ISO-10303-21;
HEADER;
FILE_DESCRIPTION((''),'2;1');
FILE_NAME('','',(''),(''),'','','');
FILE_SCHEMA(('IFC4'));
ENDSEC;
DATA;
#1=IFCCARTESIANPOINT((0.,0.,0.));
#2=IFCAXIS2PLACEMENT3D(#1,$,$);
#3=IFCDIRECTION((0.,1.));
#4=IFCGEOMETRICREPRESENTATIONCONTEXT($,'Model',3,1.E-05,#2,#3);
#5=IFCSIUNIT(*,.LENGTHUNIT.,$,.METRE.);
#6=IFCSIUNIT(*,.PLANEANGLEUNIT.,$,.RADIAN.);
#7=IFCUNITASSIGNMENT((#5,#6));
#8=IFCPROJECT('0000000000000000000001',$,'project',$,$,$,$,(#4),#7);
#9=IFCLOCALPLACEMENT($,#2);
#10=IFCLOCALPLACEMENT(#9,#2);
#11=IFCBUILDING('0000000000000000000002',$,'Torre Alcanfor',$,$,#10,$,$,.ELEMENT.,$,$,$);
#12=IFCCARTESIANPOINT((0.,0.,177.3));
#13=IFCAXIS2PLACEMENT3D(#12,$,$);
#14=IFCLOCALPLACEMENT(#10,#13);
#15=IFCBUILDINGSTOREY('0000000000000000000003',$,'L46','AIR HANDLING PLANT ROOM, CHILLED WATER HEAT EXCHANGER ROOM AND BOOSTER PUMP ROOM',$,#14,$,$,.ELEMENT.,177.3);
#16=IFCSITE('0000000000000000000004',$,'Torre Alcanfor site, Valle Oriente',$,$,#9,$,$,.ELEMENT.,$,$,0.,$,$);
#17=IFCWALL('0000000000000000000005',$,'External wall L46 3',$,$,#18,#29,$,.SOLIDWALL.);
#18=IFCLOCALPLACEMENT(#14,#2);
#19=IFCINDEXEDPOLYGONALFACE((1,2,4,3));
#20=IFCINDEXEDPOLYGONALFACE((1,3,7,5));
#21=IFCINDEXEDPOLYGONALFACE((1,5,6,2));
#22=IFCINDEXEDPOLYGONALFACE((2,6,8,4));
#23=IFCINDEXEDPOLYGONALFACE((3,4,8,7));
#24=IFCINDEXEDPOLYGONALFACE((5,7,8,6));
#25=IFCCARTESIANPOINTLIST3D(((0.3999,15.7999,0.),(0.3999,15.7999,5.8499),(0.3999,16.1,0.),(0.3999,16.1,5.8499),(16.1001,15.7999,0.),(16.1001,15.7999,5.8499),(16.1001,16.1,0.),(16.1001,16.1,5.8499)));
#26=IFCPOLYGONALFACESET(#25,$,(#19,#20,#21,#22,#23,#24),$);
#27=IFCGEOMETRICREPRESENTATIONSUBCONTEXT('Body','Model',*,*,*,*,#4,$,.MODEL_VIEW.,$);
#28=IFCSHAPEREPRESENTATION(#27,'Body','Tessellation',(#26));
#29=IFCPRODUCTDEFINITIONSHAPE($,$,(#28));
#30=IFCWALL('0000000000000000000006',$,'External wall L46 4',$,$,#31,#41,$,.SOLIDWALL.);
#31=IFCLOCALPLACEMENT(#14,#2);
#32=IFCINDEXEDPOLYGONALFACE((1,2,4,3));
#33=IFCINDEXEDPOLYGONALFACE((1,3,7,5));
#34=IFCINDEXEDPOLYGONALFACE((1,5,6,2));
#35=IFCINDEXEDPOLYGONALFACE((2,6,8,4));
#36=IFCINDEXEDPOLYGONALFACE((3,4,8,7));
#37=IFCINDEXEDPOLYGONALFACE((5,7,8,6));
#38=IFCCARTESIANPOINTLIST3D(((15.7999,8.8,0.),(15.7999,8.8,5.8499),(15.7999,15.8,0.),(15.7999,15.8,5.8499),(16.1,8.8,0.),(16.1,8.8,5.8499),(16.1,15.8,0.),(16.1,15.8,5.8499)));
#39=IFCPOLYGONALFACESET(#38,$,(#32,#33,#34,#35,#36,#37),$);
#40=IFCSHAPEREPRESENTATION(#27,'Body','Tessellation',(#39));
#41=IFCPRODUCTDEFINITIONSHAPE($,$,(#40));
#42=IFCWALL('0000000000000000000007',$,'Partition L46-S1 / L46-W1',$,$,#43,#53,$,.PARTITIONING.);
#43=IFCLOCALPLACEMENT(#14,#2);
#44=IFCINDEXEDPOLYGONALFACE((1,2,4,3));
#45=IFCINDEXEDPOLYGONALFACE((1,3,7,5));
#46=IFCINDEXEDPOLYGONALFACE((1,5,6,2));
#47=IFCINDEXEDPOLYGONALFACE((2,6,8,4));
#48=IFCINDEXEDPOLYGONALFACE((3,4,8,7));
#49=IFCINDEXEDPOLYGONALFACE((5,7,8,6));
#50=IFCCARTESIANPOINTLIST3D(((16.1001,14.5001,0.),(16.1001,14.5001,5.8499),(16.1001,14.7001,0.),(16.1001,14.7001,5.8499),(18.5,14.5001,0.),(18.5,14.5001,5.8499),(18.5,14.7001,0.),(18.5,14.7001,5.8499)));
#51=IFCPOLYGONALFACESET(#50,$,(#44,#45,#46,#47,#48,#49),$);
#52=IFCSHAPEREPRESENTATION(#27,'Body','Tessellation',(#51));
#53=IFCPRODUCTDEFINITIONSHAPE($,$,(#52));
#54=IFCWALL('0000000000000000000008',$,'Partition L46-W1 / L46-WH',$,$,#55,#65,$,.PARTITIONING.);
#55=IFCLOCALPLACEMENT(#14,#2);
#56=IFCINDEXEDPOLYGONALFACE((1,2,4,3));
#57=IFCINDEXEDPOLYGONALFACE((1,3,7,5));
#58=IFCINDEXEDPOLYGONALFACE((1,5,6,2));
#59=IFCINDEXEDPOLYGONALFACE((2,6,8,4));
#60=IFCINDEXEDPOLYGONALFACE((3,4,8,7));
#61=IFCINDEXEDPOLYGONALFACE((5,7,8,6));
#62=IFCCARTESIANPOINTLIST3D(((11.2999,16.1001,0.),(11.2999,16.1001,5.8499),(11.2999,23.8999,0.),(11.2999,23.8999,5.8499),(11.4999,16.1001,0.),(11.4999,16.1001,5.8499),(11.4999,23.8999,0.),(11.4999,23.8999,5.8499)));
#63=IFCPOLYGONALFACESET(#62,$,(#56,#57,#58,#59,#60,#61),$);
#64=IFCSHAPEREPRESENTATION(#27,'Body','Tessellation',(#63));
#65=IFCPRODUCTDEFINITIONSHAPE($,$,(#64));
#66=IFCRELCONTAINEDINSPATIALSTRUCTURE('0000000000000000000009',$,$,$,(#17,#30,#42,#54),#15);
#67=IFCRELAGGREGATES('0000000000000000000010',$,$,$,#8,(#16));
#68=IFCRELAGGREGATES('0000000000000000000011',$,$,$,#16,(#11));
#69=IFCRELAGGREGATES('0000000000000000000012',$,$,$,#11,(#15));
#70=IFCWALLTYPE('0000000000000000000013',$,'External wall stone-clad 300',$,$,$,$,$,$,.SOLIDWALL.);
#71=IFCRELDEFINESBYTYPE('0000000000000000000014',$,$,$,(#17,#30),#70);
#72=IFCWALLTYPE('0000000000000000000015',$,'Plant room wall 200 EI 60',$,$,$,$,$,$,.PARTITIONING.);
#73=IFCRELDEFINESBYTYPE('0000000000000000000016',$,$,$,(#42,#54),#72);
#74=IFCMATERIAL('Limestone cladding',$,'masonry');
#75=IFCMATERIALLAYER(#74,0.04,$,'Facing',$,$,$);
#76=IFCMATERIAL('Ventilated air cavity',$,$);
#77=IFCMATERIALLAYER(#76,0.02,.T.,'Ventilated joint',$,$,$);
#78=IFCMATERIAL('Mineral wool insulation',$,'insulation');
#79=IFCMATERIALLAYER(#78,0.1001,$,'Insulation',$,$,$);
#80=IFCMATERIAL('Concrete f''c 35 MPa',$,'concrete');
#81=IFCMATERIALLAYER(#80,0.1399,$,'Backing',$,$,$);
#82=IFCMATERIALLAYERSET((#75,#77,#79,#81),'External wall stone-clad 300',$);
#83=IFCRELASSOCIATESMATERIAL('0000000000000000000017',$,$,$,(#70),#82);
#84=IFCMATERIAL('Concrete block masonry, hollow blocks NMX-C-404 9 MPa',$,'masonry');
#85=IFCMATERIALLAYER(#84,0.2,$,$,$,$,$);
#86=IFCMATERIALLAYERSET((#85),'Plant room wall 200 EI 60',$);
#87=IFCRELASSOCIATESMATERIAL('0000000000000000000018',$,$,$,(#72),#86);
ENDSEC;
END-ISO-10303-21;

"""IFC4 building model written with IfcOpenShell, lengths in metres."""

from ifc_helpers import new_model, si_unit, direction, frame, frame_2d, origin, place, context, subcontext, project, spatial, rectangle, extrude, material, layer, layer_set, type_object, element, save


model = new_model("IFC4")

# Units and contexts
model_context = context("Model", 3, precision=1e-05, world=origin(), true_north=direction((0.0, 1.0)))
body_context = subcontext(model_context, "Body", "Model", "MODEL_VIEW")
ifc_project = project(units=[si_unit("LENGTHUNIT", "METRE"), si_unit("PLANEANGLEUNIT", "RADIAN")], contexts=[model_context])

# Site, building, storey
site_placement = place(None, origin())
site = spatial("IfcSite", under=ifc_project, at=site_placement, Name="Torre Alcanfor site, Valle Oriente", CompositionType="ELEMENT", RefElevation=0.0)
building_placement = place(site_placement, origin())
building = spatial("IfcBuilding", under=site, at=building_placement, Name="Torre Alcanfor", CompositionType="ELEMENT")
storey_placement = place(building_placement, frame((0.0, 0.0, 177.3)))
storey = spatial("IfcBuildingStorey", under=building, at=storey_placement, Name="L46", Description="AIR HANDLING PLANT ROOM, CHILLED WATER HEAT EXCHANGER ROOM AND BOOSTER PUMP ROOM", CompositionType="ELEMENT", Elevation=177.3)

# Walls
ifc_material_1 = material(Name="Limestone cladding", Category="masonry")
ifc_layer_1 = layer(ifc_material_1, 0.04, Name="Facing")
ifc_material_2 = material(Name="Ventilated air cavity")
ifc_layer_2 = layer(ifc_material_2, 0.02, ventilated=True, Name="Ventilated joint")
ifc_material_3 = material(Name="Mineral wool insulation", Category="insulation")
ifc_layer_3 = layer(ifc_material_3, 0.1001, Name="Insulation")
ifc_material_4 = material(Name="Concrete f'c 35 MPa", Category="concrete")
ifc_layer_4 = layer(ifc_material_4, 0.1399, Name="Backing")
ifc_layer_set_1 = layer_set([ifc_layer_1, ifc_layer_2, ifc_layer_3, ifc_layer_4], Name="External wall stone-clad 300")
wall_type_1 = type_object("IfcWallType", Name="External wall stone-clad 300", PredefinedType="SOLIDWALL", material=ifc_layer_set_1)
wall_1_placement = place(storey_placement, frame((0.3999, 15.95, 0.0), z_axis=(0.0, 0.0, 1.0), x_axis=(1.0, 0.0, 0.0)))
element("IfcWall", 1, at=wall_1_placement, inside=storey, type_object=wall_type_1, Name="External wall L46 3", PredefinedType="SOLIDWALL", context=body_context, shape_type="SweptSolid", body=[
    extrude(rectangle(XDim=15.7002, YDim=0.3, at=frame_2d((7.8501, 0.0))), origin(), (0.0, 0.0, 1.0), 5.8499),
])
wall_2_placement = place(storey_placement, frame((15.95, 15.8, 0.0), z_axis=(0.0, 0.0, 1.0), x_axis=(0.0, -1.0, 0.0)))
element("IfcWall", 2, at=wall_2_placement, inside=storey, type_object=wall_type_1, Name="External wall L46 4", PredefinedType="SOLIDWALL", context=body_context, shape_type="SweptSolid", body=[
    extrude(rectangle(XDim=7.0, YDim=0.3, at=frame_2d((3.5, 0.0))), origin(), (0.0, 0.0, 1.0), 5.8499),
])
ifc_material_5 = material(Name="Concrete block masonry, hollow blocks NMX-C-404 9 MPa", Category="masonry")
ifc_layer_5 = layer(ifc_material_5, 0.2)
ifc_layer_set_2 = layer_set([ifc_layer_5], Name="Plant room wall 200 EI 60")
wall_type_2 = type_object("IfcWallType", Name="Plant room wall 200 EI 60", PredefinedType="PARTITIONING", material=ifc_layer_set_2)
wall_3_placement = place(storey_placement, frame((16.1001, 14.6001, 0.0), z_axis=(0.0, 0.0, 1.0), x_axis=(1.0, 0.0, 0.0)))
element("IfcWall", 3, at=wall_3_placement, inside=storey, type_object=wall_type_2, Name="Partition L46-S1 / L46-W1", PredefinedType="PARTITIONING", context=body_context, shape_type="SweptSolid", body=[
    extrude(rectangle(XDim=2.3999, YDim=0.2, at=frame_2d((1.2, 0.0))), origin(), (0.0, 0.0, 1.0), 5.8499),
])
wall_4_placement = place(storey_placement, frame((11.3999, 16.1001, 0.0), z_axis=(0.0, 0.0, 1.0), x_axis=(0.0, 1.0, 0.0)))
element("IfcWall", 4, at=wall_4_placement, inside=storey, type_object=wall_type_2, Name="Partition L46-W1 / L46-WH", PredefinedType="PARTITIONING", context=body_context, shape_type="SweptSolid", body=[
    extrude(rectangle(XDim=7.7998, YDim=0.2, at=frame_2d((3.8999, 0.0))), origin(), (0.0, 0.0, 1.0), 5.8499),
])

save(model, "model.ifc")
